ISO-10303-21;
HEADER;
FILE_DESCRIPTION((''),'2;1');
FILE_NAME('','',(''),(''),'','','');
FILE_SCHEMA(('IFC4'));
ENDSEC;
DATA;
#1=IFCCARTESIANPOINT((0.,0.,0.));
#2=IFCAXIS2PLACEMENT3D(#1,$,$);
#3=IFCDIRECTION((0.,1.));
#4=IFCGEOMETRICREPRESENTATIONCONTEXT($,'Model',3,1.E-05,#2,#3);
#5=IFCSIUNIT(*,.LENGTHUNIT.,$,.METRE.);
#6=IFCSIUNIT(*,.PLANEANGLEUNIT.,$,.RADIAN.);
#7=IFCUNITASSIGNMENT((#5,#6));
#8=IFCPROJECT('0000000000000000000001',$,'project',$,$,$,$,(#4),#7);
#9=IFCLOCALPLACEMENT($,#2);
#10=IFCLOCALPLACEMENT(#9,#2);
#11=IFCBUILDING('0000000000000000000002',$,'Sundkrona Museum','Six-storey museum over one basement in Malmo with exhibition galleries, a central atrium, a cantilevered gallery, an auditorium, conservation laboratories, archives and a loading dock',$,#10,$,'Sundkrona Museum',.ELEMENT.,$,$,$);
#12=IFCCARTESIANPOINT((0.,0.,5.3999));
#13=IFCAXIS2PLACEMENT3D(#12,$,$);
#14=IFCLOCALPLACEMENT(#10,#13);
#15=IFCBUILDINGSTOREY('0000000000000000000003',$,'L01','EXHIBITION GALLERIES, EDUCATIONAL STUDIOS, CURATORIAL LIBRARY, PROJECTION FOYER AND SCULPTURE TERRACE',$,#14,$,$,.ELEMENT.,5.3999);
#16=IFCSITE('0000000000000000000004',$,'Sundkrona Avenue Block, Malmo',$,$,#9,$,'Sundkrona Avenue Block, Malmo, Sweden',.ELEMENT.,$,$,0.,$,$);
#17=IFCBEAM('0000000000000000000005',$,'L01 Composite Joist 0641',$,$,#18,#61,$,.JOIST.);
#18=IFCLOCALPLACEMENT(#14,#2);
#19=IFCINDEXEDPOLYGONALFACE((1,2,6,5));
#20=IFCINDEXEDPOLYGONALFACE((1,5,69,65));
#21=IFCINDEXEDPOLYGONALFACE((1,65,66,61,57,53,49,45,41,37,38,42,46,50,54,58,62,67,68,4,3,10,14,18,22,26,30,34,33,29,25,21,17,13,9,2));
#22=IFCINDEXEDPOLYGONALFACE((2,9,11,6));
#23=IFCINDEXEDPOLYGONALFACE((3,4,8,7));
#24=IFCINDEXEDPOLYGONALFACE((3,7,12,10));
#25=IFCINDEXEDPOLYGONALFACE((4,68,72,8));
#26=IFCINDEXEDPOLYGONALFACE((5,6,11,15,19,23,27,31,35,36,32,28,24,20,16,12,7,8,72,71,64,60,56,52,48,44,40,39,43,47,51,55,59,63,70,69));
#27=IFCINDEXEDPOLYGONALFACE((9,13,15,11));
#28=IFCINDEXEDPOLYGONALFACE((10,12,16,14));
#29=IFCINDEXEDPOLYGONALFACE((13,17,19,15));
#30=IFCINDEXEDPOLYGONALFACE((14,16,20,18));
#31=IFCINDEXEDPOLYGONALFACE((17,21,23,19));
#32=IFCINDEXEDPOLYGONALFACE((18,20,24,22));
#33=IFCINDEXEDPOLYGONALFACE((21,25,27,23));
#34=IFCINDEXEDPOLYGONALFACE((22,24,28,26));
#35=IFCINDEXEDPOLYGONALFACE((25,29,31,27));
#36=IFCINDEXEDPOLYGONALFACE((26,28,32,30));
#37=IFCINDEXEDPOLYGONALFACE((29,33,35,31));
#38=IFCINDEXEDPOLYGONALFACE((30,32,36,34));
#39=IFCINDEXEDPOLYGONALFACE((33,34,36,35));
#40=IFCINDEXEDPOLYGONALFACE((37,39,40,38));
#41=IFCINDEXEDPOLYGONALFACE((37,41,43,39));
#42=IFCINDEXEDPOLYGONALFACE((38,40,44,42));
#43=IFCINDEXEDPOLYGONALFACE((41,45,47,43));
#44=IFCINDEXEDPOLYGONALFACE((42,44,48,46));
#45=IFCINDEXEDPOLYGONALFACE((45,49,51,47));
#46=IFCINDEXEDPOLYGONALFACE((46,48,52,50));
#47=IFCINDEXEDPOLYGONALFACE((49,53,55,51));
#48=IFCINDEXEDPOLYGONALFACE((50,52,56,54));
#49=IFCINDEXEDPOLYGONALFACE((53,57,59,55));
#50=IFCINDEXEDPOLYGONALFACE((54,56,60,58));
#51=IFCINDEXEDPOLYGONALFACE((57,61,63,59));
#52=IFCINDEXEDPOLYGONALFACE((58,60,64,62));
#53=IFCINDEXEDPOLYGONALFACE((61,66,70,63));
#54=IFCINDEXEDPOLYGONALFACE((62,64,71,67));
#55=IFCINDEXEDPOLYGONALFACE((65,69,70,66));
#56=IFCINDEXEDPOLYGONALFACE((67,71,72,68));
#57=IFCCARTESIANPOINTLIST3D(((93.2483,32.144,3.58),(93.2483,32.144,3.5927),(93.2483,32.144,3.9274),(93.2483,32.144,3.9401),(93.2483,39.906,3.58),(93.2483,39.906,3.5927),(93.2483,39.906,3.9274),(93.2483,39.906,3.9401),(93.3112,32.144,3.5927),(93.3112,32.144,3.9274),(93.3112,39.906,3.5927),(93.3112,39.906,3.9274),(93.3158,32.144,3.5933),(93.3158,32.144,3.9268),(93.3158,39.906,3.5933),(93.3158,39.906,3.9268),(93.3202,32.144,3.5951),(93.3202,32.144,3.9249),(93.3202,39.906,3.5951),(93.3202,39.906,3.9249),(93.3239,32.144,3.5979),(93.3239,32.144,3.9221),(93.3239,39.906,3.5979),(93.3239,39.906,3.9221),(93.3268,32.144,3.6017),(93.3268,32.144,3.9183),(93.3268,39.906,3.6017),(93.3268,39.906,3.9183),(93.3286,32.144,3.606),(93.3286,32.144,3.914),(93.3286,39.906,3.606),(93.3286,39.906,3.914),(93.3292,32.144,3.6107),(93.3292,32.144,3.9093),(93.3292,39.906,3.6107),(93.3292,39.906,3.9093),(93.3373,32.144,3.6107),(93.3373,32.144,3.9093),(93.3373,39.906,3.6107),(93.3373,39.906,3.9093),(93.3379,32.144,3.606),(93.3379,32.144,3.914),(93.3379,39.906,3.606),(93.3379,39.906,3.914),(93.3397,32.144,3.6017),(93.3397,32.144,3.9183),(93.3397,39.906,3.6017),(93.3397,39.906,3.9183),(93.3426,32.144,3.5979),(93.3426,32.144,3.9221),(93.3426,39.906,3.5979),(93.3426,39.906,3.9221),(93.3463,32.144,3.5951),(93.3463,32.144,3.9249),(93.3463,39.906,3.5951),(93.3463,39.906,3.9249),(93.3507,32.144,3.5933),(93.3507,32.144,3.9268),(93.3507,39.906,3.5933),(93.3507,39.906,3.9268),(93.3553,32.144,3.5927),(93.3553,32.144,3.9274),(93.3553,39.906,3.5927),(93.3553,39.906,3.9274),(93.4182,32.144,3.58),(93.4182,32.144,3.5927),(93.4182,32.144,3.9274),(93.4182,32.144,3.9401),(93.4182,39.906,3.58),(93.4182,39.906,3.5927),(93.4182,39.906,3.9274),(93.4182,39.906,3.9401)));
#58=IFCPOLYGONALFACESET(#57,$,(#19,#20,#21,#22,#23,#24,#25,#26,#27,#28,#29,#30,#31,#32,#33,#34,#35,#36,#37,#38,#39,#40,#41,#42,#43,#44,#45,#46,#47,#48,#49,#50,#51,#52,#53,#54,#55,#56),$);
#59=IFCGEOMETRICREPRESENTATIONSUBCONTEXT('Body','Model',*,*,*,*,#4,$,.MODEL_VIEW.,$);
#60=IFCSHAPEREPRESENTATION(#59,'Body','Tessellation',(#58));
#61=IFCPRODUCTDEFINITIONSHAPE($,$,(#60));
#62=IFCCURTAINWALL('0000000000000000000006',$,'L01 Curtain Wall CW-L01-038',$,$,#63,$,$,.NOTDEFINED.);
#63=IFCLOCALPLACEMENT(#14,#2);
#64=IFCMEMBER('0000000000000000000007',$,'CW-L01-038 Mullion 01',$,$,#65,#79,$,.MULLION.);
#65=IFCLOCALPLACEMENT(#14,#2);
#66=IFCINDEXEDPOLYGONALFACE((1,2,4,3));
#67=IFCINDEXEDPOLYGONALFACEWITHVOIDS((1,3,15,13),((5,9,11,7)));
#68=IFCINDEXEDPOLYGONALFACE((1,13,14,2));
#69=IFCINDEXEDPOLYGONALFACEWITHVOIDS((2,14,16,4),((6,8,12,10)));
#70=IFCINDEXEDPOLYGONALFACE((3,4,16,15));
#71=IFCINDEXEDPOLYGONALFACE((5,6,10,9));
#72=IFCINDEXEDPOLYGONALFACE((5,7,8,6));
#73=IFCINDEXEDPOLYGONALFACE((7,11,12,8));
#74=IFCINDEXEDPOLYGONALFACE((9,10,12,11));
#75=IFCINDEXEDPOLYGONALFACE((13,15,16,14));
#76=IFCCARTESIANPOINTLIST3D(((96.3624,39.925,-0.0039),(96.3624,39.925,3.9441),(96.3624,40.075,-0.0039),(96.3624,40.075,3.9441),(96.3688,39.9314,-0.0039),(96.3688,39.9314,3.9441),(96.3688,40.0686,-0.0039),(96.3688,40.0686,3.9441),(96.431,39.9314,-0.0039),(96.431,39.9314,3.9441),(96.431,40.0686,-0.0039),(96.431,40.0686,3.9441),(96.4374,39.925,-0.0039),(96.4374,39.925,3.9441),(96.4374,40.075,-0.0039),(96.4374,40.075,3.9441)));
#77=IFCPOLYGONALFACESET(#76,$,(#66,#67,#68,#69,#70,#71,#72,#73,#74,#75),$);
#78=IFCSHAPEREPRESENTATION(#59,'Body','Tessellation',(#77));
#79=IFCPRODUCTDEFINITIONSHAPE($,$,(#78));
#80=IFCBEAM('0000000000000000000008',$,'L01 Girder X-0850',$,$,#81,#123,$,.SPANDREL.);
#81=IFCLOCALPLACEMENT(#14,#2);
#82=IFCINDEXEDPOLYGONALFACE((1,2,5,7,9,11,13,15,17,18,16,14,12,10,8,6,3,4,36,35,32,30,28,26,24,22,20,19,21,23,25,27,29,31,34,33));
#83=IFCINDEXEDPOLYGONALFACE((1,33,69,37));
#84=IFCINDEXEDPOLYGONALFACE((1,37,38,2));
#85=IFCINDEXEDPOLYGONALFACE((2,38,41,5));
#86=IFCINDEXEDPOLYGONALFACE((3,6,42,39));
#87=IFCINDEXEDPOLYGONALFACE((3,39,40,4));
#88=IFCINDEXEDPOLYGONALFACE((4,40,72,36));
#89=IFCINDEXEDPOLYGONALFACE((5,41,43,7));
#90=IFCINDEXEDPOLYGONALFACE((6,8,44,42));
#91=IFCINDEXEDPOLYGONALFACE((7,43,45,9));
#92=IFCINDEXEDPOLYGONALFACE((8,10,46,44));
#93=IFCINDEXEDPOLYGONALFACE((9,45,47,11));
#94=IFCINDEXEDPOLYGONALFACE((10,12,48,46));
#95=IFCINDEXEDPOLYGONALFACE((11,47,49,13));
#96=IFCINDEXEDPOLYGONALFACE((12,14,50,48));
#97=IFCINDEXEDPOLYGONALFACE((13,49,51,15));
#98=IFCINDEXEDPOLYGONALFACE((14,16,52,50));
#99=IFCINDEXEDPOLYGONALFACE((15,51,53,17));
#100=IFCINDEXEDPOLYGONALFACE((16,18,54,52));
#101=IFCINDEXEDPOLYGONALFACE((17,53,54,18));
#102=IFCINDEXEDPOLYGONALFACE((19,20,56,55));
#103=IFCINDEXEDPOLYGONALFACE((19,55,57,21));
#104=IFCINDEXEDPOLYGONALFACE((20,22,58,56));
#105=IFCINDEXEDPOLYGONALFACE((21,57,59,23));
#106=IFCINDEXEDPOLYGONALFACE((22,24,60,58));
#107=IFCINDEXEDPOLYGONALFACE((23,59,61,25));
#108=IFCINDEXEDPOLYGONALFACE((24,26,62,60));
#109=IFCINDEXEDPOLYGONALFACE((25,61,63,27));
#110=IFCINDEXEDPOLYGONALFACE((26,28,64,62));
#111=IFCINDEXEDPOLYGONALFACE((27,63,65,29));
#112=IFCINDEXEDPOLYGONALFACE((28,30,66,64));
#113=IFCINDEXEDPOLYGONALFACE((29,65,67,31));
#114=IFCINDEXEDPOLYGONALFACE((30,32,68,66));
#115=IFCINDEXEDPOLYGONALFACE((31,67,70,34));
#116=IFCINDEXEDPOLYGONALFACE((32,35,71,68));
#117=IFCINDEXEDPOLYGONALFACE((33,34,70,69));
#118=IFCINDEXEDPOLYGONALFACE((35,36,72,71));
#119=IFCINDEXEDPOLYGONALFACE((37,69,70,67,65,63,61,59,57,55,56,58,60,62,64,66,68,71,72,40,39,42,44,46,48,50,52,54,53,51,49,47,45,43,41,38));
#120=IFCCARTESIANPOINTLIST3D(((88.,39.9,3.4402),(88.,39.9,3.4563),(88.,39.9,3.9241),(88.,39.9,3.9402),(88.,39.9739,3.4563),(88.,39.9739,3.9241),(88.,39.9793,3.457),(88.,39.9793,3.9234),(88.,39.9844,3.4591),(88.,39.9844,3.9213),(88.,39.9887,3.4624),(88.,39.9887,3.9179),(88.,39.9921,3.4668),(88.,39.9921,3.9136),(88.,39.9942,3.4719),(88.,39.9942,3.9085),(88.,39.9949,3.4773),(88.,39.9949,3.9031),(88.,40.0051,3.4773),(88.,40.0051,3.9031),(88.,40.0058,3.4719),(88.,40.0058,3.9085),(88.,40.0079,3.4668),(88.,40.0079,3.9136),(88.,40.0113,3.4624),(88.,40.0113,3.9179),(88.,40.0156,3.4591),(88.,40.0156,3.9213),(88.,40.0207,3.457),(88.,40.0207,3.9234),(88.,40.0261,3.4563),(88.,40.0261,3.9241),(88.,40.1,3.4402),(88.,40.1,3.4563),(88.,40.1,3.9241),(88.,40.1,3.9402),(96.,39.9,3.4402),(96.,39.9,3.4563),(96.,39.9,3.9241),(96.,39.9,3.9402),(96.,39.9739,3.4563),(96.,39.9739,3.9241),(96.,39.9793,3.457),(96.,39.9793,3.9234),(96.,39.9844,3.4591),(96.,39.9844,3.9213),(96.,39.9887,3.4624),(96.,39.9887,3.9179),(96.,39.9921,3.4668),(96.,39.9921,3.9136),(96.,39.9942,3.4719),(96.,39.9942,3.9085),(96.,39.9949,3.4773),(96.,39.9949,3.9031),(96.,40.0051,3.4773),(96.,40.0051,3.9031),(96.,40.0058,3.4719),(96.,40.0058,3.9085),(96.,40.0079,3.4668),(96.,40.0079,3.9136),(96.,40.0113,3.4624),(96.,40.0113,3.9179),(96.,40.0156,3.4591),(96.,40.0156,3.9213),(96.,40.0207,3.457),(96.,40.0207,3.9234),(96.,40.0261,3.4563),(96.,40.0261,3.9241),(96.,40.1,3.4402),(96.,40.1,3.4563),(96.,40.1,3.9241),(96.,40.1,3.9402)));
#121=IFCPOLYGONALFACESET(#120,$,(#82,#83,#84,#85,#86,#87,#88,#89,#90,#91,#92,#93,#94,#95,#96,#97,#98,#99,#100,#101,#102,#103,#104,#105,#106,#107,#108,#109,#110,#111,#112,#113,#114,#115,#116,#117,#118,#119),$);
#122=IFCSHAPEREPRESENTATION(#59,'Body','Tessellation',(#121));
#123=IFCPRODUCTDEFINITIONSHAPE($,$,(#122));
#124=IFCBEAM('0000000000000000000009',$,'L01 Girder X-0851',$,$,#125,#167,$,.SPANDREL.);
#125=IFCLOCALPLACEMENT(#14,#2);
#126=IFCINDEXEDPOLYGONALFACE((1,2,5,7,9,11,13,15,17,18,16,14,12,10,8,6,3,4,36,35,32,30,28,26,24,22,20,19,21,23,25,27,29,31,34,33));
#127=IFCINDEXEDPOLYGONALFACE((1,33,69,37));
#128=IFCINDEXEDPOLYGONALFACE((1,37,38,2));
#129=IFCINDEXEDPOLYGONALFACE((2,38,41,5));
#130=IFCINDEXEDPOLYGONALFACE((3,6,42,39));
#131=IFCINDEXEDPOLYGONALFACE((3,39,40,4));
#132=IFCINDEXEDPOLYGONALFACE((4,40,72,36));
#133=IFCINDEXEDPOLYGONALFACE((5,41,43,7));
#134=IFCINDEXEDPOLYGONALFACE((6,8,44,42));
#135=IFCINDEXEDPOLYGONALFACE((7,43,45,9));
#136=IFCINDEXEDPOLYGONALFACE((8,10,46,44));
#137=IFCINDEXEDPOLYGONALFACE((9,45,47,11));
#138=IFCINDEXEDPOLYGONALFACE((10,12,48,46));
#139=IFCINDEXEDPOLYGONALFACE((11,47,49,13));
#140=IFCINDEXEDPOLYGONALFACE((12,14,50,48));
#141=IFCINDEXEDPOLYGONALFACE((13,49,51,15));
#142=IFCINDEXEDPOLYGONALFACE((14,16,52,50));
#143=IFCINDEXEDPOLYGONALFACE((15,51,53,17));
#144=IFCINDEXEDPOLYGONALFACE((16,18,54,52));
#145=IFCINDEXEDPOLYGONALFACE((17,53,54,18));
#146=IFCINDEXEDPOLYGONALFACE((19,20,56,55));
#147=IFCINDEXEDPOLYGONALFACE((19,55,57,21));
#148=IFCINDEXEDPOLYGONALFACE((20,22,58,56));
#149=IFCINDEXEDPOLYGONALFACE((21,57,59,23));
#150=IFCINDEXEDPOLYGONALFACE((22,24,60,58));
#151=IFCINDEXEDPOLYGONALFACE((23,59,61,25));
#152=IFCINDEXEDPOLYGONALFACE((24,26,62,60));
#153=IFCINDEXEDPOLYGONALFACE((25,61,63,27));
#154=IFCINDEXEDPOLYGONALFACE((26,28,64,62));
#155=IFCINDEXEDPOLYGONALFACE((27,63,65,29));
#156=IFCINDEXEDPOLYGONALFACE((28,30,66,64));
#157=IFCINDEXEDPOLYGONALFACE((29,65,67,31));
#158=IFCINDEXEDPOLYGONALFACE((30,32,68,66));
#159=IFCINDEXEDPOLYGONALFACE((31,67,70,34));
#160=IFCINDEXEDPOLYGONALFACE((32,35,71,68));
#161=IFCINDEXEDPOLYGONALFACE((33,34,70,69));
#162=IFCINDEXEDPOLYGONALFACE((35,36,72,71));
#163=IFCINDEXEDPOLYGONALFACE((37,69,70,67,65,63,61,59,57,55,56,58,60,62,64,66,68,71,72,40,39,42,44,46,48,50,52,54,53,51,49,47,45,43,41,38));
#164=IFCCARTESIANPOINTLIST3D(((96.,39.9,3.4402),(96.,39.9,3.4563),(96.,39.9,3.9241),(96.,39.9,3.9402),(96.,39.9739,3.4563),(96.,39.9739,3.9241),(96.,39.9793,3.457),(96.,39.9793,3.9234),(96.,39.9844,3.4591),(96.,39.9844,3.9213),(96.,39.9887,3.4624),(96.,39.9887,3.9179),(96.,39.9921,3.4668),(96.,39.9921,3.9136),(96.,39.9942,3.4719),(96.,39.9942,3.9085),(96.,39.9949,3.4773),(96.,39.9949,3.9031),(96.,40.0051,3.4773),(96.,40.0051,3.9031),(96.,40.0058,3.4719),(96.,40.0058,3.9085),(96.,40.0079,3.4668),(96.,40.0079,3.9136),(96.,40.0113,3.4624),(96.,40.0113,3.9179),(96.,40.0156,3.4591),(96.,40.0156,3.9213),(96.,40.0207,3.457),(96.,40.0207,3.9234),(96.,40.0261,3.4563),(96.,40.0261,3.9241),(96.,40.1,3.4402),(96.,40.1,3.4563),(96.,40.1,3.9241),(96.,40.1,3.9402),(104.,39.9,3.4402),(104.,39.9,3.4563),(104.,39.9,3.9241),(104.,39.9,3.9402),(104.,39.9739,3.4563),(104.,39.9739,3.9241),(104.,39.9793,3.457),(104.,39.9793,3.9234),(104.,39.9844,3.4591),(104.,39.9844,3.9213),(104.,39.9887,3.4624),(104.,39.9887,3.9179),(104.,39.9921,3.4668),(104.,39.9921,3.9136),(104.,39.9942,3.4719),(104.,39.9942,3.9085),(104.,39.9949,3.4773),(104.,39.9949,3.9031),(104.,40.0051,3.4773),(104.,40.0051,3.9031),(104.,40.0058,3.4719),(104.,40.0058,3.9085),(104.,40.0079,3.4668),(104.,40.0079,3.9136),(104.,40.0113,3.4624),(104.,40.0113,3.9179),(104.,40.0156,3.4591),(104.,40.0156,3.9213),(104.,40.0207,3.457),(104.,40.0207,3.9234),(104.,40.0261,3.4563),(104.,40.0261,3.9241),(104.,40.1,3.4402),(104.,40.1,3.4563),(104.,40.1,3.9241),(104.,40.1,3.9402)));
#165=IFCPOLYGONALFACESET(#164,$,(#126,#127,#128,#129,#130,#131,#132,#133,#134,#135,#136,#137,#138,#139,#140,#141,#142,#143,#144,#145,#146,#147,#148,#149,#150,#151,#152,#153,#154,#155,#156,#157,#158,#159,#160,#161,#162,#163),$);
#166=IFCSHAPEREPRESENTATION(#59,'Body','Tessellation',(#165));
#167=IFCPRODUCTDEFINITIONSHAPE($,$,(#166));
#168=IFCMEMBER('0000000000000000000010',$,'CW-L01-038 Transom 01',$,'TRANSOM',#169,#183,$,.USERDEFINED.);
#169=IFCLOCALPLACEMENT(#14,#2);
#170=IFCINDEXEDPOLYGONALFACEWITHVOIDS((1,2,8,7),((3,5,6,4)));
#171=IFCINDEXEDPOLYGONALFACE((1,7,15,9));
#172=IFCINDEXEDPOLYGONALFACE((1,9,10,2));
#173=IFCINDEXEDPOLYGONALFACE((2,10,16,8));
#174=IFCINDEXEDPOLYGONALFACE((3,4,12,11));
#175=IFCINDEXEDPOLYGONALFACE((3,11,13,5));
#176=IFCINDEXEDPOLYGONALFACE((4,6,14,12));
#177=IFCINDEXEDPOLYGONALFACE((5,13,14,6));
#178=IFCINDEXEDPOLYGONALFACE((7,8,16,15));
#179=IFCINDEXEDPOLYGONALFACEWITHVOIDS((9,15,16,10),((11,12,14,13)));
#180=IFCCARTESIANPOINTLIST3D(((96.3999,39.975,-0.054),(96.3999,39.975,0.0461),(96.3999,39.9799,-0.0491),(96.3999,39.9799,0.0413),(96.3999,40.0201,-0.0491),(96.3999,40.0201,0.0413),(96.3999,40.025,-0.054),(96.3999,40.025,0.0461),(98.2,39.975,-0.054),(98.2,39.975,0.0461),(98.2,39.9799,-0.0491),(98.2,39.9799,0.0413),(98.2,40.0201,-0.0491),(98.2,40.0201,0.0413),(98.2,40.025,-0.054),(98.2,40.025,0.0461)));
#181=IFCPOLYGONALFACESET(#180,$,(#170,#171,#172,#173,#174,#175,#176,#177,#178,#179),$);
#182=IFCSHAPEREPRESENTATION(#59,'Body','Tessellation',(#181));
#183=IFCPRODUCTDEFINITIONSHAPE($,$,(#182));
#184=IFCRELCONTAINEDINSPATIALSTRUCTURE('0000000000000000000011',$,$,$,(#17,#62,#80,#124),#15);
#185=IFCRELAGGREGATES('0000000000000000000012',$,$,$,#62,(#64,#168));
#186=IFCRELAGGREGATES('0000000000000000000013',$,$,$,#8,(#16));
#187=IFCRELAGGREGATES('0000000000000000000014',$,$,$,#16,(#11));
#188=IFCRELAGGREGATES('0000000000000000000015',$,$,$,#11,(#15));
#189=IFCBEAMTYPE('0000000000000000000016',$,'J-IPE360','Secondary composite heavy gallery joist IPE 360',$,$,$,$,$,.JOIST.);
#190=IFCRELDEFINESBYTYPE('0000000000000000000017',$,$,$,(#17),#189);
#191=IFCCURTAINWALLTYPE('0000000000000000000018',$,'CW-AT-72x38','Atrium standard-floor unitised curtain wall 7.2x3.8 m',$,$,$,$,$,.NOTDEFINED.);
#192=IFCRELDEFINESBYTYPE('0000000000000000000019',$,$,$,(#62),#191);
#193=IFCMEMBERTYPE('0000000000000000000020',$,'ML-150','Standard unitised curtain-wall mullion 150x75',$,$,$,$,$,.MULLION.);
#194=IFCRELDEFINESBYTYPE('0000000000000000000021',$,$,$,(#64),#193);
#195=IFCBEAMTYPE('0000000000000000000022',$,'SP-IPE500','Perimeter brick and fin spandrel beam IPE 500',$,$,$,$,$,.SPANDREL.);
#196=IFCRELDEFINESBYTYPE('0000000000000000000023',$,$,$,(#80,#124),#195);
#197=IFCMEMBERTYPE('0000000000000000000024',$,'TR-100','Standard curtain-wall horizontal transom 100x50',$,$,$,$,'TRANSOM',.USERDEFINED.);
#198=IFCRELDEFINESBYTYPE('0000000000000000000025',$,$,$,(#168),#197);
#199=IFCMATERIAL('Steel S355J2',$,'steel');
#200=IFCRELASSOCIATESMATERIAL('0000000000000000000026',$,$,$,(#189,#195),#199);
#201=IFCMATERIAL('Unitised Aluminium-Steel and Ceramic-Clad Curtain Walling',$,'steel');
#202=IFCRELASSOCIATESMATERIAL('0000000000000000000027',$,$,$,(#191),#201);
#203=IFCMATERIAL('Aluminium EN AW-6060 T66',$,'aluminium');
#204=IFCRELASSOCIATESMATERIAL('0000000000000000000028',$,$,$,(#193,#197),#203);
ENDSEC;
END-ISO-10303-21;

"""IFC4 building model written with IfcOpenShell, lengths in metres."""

from ifc_helpers import new_model, si_unit, direction, frame, origin, origin_2d, place, context, subcontext, project, spatial, hollow_rectangle, i_section, extrude, material, material_profile, profile_set, type_object, element, aggregate, save


model = new_model("IFC4")

# Units and contexts
model_context = context("Model", 3, precision=1e-05, world=origin(), true_north=direction((0.0, 1.0)))
body_context = subcontext(model_context, "Body", "Model", "MODEL_VIEW")
ifc_project = project(units=[si_unit("LENGTHUNIT", "METRE"), si_unit("PLANEANGLEUNIT", "RADIAN")], contexts=[model_context])

# Site, building, storey
site_placement = place(None, origin())
site = spatial("IfcSite", under=ifc_project, at=site_placement, Name="Sundkrona Avenue Block, Malmo", LongName="Sundkrona Avenue Block, Malmo, Sweden", CompositionType="ELEMENT", RefElevation=0.0)
building_placement = place(site_placement, origin())
building = spatial("IfcBuilding", under=site, at=building_placement, Name="Sundkrona Museum", Description="Six-storey museum over one basement in Malmo with exhibition galleries, a central atrium, a cantilevered gallery, an auditorium, conservation laboratories, archives and a loading dock", LongName="Sundkrona Museum", CompositionType="ELEMENT")
storey_placement = place(building_placement, frame((0.0, 0.0, 5.3999)))
storey = spatial("IfcBuildingStorey", under=building, at=storey_placement, Name="L01", Description="EXHIBITION GALLERIES, EDUCATIONAL STUDIOS, CURATORIAL LIBRARY, PROJECTION FOYER AND SCULPTURE TERRACE", CompositionType="ELEMENT", Elevation=5.3999)

# Shared definitions
ifc_material_1 = material(Name="Steel S355J2", Category="steel")

# Beam
ifc_material_profile_1 = material_profile(ifc_material_1, i_section(OverallWidth=0.1699, OverallDepth=0.3601, WebThickness=0.0081, FlangeThickness=0.0127, FilletRadius=0.0181, at=origin_2d()), Name="IPE 360")
ifc_profile_set_1 = profile_set([ifc_material_profile_1], Name="Steel S355J2")
beam_type_1 = type_object("IfcBeamType", Name="J-IPE360", Description="Secondary composite heavy gallery joist IPE 360", PredefinedType="JOIST", material=ifc_profile_set_1)
beam_1_placement = place(storey_placement, frame((93.3333, 32.144, 3.76), z_axis=(0.0, 1.0, 0.0), x_axis=(-1.0, 0.0, 0.0)))
element("IfcBeam", 1, at=beam_1_placement, inside=storey, type_object=beam_type_1, Name="L01 Composite Joist 0641", PredefinedType="JOIST", context=body_context, shape_type="SweptSolid", body=[
    extrude(i_section(OverallWidth=0.1699, OverallDepth=0.3601, WebThickness=0.0081, FlangeThickness=0.0127, FilletRadius=0.0181, at=origin_2d()), origin(), (0.0, 0.0, 1.0), 7.762),
])

# Curtain wall, member
ifc_material_2 = material(Name="Unitised Aluminium-Steel and Ceramic-Clad Curtain Walling", Category="steel")
curtain_wall_type = type_object("IfcCurtainWallType", Name="CW-AT-72x38", Description="Atrium standard-floor unitised curtain wall 7.2x3.8 m", PredefinedType="NOTDEFINED", material=ifc_material_2)
curtain_wall_placement = place(storey_placement, origin())
curtain_wall = element("IfcCurtainWall", 2, at=curtain_wall_placement, inside=storey, type_object=curtain_wall_type, Name="L01 Curtain Wall CW-L01-038", PredefinedType="NOTDEFINED")
ifc_material_3 = material(Name="Aluminium EN AW-6060 T66", Category="aluminium")
ifc_material_profile_2 = material_profile(ifc_material_3, hollow_rectangle(XDim=0.075, YDim=0.1499, WallThickness=0.0063, at=origin_2d()), Name="RHS 150x75x6.3")
ifc_profile_set_2 = profile_set([ifc_material_profile_2], Name="Aluminium EN AW-6060 T66")
member_type_1 = type_object("IfcMemberType", Name="ML-150", Description="Standard unitised curtain-wall mullion 150x75", PredefinedType="MULLION", material=ifc_profile_set_2)
member_1_placement = place(storey_placement, frame((96.3999, 40.0, -0.0039), z_axis=(0.0, 0.0, 1.0), x_axis=(1.0, 0.0, 0.0)))
member_1 = element("IfcMember", 3, at=member_1_placement, type_object=member_type_1, Name="CW-L01-038 Mullion 01", PredefinedType="MULLION", context=body_context, shape_type="SweptSolid", body=[
    extrude(hollow_rectangle(XDim=0.075, YDim=0.1499, WallThickness=0.0063, at=origin_2d()), origin(), (0.0, 0.0, 1.0), 3.948),
])

# Beams
ifc_material_profile_3 = material_profile(ifc_material_1, i_section(OverallWidth=0.2, OverallDepth=0.5, WebThickness=0.0103, FlangeThickness=0.0161, FilletRadius=0.021, at=origin_2d()), Name="IPE 500")
ifc_profile_set_3 = profile_set([ifc_material_profile_3], Name="Steel S355J2")
beam_type_2 = type_object("IfcBeamType", Name="SP-IPE500", Description="Perimeter brick and fin spandrel beam IPE 500", PredefinedType="SPANDREL", material=ifc_profile_set_3)
for number, where, z_axis, x_axis, name in (
    (4, (88.0, 40.0, 3.6902), (1.0, 0.0, 0.0), (0.0, 1.0, 0.0), "L01 Girder X-0850"),
    (5, (96.0, 40.0, 3.6902), (1.0, 0.0, 0.0), (0.0, 1.0, 0.0), "L01 Girder X-0851"),
):
    element("IfcBeam", number, at=place(storey_placement, frame(where, z_axis=z_axis, x_axis=x_axis)), inside=storey, type_object=beam_type_2, Name=name, PredefinedType="SPANDREL", context=body_context, shape_type="SweptSolid", body=[
        extrude(i_section(OverallWidth=0.2, OverallDepth=0.5, WebThickness=0.0103, FlangeThickness=0.0161, FilletRadius=0.021, at=origin_2d()), origin(), (0.0, 0.0, 1.0), 8.0),
    ])

# Member
ifc_material_profile_4 = material_profile(ifc_material_3, hollow_rectangle(XDim=0.05, YDim=0.1001, WallThickness=0.0049, at=origin_2d()), Name="RHS 100x50x5.0")
ifc_profile_set_4 = profile_set([ifc_material_profile_4], Name="Aluminium EN AW-6060 T66")
member_type_2 = type_object("IfcMemberType", Name="TR-100", Description="Standard curtain-wall horizontal transom 100x50", ElementType="TRANSOM", PredefinedType="USERDEFINED", material=ifc_profile_set_4)
member_2_placement = place(storey_placement, frame((96.3999, 40.0, -0.0039), z_axis=(1.0, 0.0, 0.0), x_axis=(0.0, 1.0, 0.0)))
member_2 = element("IfcMember", 6, at=member_2_placement, type_object=member_type_2, Name="CW-L01-038 Transom 01", ObjectType="TRANSOM", PredefinedType="USERDEFINED", context=body_context, shape_type="SweptSolid", body=[
    extrude(hollow_rectangle(XDim=0.05, YDim=0.1001, WallThickness=0.0049, at=origin_2d()), origin(), (0.0, 0.0, 1.0), 1.8),
])

aggregate(curtain_wall, [member_1, member_2])

save(model, "model.ifc")
